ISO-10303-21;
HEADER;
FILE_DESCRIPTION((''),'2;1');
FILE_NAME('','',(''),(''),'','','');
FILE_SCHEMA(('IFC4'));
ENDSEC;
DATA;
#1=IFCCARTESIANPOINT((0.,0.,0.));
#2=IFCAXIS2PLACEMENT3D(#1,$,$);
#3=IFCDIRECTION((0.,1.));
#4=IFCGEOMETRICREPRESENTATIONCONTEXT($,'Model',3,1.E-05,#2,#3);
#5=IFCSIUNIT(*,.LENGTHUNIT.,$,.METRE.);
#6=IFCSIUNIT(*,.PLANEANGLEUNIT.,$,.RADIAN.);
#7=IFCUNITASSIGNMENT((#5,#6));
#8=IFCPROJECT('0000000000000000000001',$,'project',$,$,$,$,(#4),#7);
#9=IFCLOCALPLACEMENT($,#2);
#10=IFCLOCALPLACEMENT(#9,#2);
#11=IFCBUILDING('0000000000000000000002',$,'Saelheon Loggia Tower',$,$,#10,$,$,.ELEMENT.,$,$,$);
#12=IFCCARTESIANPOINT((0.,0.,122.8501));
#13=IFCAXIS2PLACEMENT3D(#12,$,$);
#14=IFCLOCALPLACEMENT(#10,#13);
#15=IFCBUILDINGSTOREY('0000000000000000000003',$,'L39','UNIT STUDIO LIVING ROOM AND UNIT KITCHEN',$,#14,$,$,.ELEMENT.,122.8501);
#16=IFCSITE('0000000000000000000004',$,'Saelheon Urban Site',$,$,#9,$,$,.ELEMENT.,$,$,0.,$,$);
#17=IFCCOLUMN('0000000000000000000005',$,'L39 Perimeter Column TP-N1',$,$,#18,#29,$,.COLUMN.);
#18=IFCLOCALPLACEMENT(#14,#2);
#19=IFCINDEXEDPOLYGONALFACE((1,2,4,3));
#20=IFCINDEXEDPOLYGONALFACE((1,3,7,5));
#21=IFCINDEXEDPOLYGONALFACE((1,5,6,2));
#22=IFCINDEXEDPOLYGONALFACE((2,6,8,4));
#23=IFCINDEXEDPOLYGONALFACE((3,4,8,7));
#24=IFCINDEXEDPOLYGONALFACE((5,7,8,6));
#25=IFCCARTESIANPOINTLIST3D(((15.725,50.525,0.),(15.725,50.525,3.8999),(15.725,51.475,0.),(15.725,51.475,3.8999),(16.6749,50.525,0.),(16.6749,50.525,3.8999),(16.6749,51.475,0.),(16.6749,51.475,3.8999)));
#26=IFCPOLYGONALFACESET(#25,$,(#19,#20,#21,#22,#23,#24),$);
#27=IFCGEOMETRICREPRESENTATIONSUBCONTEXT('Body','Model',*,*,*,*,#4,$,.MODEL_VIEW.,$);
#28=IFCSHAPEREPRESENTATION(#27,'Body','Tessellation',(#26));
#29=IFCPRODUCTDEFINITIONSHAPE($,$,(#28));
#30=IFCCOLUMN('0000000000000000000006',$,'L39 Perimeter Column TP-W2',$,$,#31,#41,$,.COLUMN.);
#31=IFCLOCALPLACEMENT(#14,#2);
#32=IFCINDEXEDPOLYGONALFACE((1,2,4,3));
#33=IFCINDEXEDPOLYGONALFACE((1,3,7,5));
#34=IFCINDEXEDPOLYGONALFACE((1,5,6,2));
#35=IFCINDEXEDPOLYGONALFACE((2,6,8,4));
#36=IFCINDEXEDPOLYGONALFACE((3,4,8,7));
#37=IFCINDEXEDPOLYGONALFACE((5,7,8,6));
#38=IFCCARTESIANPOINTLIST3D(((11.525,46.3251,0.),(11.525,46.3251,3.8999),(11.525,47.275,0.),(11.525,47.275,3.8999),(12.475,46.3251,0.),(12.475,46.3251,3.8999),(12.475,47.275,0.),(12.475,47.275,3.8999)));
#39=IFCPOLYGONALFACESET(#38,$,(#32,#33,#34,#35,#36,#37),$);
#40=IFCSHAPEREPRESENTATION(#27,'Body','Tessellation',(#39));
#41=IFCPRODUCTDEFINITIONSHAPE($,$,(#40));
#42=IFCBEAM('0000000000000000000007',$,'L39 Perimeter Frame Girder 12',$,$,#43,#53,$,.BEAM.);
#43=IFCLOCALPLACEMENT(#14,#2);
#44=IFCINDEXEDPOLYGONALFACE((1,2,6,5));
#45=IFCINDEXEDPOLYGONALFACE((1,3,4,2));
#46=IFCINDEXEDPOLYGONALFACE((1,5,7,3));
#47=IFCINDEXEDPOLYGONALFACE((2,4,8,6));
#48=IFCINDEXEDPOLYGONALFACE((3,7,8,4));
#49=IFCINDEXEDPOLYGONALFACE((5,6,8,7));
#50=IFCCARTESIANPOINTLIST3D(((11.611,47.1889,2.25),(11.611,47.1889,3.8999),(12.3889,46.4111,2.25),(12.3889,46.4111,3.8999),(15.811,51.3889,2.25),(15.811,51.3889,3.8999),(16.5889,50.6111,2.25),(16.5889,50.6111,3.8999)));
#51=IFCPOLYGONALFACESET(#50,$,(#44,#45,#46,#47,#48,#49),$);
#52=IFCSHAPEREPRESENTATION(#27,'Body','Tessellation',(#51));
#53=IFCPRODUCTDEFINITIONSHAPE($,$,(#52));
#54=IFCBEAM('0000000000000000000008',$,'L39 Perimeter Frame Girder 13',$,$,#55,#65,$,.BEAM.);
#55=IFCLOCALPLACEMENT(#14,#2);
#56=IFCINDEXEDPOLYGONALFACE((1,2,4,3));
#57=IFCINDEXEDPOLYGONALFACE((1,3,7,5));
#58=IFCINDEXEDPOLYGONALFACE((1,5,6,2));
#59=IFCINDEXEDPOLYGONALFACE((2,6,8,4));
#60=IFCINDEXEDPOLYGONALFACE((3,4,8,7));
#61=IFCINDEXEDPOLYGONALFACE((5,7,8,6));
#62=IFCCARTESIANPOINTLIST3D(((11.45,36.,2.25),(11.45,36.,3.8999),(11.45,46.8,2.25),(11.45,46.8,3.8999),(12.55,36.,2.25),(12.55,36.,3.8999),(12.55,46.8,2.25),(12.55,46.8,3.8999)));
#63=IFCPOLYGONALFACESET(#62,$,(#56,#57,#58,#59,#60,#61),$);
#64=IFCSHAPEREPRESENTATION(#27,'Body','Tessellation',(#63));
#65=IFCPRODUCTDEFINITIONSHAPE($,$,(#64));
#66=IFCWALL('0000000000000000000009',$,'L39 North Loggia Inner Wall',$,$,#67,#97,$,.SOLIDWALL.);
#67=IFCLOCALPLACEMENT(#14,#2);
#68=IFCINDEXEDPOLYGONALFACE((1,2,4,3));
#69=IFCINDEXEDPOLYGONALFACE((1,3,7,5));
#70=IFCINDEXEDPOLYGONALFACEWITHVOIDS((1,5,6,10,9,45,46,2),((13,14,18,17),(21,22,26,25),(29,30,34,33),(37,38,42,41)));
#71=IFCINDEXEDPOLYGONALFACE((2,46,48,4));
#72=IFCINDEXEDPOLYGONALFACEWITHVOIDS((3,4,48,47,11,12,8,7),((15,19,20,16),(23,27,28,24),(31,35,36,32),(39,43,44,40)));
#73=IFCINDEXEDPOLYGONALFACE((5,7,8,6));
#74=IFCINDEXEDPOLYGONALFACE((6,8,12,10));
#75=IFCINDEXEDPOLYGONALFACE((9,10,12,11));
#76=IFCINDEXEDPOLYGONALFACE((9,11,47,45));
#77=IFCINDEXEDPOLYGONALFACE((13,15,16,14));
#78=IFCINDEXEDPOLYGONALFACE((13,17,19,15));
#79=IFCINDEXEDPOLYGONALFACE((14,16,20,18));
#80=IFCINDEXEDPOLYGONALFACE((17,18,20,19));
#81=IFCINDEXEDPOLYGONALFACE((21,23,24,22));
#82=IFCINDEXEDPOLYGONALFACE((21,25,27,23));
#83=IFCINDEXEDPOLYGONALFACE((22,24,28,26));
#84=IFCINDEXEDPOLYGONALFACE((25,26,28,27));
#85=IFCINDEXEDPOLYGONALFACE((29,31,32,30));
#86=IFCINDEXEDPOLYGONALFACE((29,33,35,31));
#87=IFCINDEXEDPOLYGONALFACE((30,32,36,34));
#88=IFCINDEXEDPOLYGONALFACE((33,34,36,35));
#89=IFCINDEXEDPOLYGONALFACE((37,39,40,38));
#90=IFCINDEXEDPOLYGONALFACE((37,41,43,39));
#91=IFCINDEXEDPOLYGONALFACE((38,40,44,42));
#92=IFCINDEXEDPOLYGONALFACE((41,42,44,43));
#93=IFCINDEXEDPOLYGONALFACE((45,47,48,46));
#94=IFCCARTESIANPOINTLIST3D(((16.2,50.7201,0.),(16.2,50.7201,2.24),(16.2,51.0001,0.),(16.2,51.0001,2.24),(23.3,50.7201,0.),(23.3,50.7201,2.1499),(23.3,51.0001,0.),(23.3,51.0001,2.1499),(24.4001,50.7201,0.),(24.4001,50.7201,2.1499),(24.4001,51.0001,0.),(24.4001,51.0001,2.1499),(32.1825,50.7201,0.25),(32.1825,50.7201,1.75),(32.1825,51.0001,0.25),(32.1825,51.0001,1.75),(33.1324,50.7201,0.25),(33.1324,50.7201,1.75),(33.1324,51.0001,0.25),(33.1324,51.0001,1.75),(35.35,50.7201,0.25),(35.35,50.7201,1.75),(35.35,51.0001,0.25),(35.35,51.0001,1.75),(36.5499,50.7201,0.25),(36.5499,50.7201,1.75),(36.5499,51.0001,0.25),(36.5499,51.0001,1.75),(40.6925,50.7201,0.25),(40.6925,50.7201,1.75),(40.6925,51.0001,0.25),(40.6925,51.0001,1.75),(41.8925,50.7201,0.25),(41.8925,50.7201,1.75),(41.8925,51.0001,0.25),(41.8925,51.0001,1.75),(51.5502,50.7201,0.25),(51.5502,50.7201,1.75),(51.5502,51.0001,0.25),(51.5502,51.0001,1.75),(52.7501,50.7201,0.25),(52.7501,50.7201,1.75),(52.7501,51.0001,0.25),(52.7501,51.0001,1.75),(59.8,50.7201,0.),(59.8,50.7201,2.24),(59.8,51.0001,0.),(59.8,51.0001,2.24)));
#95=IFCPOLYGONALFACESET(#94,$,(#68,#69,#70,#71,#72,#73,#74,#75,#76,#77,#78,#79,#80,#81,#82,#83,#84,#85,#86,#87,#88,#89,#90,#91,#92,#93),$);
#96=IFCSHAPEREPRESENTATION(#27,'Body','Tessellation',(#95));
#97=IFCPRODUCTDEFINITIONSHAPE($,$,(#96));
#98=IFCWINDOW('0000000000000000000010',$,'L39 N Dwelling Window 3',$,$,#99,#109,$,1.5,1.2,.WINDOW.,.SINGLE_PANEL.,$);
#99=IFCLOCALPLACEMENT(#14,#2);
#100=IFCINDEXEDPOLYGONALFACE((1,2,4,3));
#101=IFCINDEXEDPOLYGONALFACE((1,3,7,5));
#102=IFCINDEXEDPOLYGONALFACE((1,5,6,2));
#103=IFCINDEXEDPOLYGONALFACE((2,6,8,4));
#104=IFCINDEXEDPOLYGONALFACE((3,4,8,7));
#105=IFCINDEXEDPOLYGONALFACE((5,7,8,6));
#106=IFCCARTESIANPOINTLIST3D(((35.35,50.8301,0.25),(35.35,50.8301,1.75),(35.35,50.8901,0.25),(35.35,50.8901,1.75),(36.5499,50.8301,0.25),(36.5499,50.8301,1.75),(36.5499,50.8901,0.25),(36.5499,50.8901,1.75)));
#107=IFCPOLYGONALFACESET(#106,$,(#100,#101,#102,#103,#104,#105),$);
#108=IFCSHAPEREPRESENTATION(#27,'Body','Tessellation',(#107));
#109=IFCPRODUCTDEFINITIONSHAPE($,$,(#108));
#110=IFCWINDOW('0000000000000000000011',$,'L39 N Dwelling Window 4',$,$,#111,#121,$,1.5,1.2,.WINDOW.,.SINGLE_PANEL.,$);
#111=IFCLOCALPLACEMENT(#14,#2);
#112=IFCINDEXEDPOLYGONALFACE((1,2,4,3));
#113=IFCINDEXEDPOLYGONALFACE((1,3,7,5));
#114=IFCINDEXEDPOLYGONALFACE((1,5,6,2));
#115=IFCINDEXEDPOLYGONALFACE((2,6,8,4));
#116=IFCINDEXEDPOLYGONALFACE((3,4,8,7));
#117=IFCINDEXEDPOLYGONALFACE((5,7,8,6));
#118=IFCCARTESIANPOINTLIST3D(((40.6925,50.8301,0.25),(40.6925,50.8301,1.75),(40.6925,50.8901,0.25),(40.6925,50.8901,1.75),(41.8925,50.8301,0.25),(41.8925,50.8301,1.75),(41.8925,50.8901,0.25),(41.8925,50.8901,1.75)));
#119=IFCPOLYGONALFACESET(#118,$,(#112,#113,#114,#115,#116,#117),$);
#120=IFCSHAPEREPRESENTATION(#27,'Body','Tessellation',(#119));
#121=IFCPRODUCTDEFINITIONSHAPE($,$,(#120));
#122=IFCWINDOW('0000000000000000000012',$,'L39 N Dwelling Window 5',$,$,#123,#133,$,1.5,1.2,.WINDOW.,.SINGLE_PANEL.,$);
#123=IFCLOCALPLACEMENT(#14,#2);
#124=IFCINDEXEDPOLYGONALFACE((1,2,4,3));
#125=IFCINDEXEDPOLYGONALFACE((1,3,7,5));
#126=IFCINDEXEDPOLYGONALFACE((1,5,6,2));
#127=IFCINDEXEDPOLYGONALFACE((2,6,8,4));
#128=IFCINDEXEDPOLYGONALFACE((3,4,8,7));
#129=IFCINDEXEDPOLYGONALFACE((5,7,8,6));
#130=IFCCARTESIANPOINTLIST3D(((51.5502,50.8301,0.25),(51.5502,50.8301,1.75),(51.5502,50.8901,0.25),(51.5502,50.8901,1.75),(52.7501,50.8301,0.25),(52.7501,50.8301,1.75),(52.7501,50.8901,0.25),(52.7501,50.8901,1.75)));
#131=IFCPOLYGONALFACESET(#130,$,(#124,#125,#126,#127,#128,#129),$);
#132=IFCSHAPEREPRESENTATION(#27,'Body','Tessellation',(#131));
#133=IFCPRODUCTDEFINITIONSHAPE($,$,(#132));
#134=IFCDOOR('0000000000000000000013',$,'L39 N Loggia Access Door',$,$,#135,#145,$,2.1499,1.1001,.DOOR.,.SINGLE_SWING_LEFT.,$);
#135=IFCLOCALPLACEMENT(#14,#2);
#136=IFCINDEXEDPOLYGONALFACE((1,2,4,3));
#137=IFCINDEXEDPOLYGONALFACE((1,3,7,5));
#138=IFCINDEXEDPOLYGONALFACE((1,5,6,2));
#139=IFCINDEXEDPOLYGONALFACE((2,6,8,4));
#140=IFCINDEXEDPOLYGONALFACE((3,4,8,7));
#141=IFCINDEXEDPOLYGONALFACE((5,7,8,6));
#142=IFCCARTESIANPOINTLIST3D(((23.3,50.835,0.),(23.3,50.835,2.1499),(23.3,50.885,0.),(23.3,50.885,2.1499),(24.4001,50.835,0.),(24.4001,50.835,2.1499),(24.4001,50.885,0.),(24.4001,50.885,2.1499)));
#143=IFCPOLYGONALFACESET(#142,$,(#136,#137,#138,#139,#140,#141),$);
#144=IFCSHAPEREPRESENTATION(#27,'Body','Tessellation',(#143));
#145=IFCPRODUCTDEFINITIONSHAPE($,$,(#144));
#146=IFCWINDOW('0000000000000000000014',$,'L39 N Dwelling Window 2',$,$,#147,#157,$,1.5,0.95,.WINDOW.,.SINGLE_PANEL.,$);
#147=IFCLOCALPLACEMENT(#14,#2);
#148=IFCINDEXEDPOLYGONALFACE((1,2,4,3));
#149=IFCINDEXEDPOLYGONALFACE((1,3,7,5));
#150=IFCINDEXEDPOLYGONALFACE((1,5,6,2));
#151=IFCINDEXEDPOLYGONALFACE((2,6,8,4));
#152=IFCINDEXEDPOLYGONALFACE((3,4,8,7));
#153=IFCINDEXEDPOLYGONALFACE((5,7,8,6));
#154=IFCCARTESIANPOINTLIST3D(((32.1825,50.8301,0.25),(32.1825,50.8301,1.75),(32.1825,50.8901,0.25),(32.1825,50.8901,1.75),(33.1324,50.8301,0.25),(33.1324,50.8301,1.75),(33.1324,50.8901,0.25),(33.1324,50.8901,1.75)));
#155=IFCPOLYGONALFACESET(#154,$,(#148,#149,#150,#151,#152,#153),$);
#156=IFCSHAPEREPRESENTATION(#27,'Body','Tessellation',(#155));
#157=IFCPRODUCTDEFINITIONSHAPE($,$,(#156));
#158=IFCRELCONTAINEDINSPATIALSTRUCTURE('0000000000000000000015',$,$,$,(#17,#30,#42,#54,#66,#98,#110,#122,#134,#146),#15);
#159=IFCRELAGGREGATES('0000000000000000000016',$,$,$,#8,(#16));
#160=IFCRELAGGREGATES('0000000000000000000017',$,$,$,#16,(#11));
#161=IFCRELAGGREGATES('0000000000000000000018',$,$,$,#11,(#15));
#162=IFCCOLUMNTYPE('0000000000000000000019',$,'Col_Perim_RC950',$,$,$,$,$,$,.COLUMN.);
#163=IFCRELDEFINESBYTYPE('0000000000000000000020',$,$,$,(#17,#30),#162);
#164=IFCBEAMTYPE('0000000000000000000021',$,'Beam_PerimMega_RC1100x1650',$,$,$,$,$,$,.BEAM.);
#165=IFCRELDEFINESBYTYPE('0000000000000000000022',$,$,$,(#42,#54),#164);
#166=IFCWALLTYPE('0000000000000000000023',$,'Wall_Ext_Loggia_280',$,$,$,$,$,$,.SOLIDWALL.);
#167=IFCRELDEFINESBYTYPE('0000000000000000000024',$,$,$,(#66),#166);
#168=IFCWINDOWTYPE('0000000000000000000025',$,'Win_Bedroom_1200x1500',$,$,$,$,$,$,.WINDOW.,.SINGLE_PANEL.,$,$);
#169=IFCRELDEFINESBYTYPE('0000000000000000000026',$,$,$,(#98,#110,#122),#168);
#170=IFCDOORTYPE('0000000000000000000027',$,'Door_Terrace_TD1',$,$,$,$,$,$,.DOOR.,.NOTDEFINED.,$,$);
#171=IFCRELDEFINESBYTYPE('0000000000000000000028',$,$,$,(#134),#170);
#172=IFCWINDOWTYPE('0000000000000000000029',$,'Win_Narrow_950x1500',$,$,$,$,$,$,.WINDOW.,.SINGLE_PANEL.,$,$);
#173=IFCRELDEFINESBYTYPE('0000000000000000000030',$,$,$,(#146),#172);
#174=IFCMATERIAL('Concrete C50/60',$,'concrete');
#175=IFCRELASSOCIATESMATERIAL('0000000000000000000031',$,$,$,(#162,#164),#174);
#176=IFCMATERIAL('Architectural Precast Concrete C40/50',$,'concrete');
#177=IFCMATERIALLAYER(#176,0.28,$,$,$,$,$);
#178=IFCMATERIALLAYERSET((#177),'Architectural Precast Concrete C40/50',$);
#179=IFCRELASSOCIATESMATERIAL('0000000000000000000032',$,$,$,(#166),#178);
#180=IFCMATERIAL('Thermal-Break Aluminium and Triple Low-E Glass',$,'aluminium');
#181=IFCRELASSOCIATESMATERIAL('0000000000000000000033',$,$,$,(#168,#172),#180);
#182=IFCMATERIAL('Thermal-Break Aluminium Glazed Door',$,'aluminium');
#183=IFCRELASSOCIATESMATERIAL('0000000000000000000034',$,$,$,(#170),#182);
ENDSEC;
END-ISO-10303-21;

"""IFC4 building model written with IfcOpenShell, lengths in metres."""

from ifc_helpers import new_model, si_unit, direction, frame, frame_2d, origin, origin_2d, place, context, subcontext, project, spatial, rectangle, extrude, source, transform, mapped, material, layer, layer_set, material_profile, profile_set, type_object, element, fill, save


model = new_model("IFC4")

# Units and contexts
model_context = context("Model", 3, precision=1e-05, world=origin(), true_north=direction((0.0, 1.0)))
body_context = subcontext(model_context, "Body", "Model", "MODEL_VIEW")
ifc_project = project(units=[si_unit("LENGTHUNIT", "METRE"), si_unit("PLANEANGLEUNIT", "RADIAN")], contexts=[model_context])

# Site, building, storey
site_placement = place(None, origin())
site = spatial("IfcSite", under=ifc_project, at=site_placement, Name="Saelheon Urban Site", CompositionType="ELEMENT", RefElevation=0.0)
building_placement = place(site_placement, origin())
building = spatial("IfcBuilding", under=site, at=building_placement, Name="Saelheon Loggia Tower", CompositionType="ELEMENT")
storey_placement = place(building_placement, frame((0.0, 0.0, 122.8501)))
storey = spatial("IfcBuildingStorey", under=building, at=storey_placement, Name="L39", Description="UNIT STUDIO LIVING ROOM AND UNIT KITCHEN", CompositionType="ELEMENT", Elevation=122.8501)

# Columns
ifc_material_1 = material(Name="Concrete C50/60", Category="concrete")
ifc_material_profile_1 = material_profile(ifc_material_1, rectangle(XDim=0.95, YDim=0.95, at=origin_2d()), Name="RC-950x950")
ifc_profile_set_1 = profile_set([ifc_material_profile_1], Name="Concrete C50/60")
column_type = type_object("IfcColumnType", Name="Col_Perim_RC950", PredefinedType="COLUMN", material=ifc_profile_set_1)
shared_shape_1 = source(origin(), body_context, "Body", "SweptSolid", [
    extrude(rectangle(XDim=0.95, YDim=0.95, at=origin_2d()), origin(), (0.0, 0.0, 1.0), 3.8999),
])
for number, where, z_axis, x_axis, name in (
    (1, (16.2, 51.0, 0.0), (0.0, 0.0, 1.0), (1.0, 0.0, 0.0), "L39 Perimeter Column TP-N1"),
    (2, (12.0, 46.8, 0.0), (0.0, 0.0, 1.0), (1.0, 0.0, 0.0), "L39 Perimeter Column TP-W2"),
):
    element("IfcColumn", number, at=place(storey_placement, frame(where, z_axis=z_axis, x_axis=x_axis)), inside=storey, type_object=column_type, Name=name, PredefinedType="COLUMN", context=body_context, shape_type="MappedRepresentation", body=[
        mapped(shared_shape_1, transform((0.0, 0.0, 0.0), scale=1.0)),
    ])

# Beams
ifc_material_profile_2 = material_profile(ifc_material_1, rectangle(XDim=1.1001, YDim=1.6499, at=origin_2d()), Name="RC-1100x1650")
ifc_profile_set_2 = profile_set([ifc_material_profile_2], Name="Concrete C50/60")
beam_type = type_object("IfcBeamType", Name="Beam_PerimMega_RC1100x1650", PredefinedType="BEAM", material=ifc_profile_set_2)
shared_shape_2 = source(origin(), body_context, "Body", "SweptSolid", [
    extrude(rectangle(XDim=1.1001, YDim=1.6499, at=origin_2d()), origin(), (0.0, 0.0, 1.0), 5.9397),
])
beam_1_placement = place(storey_placement, frame((16.2, 51.0, 3.075), z_axis=(-0.707107, -0.707107, 0.0), x_axis=(0.707107, -0.707107, 0.0)))
element("IfcBeam", 3, at=beam_1_placement, inside=storey, type_object=beam_type, Name="L39 Perimeter Frame Girder 12", PredefinedType="BEAM", context=body_context, shape_type="MappedRepresentation", body=[
    mapped(shared_shape_2, transform((0.0, 0.0, 0.0), scale=1.0)),
])
shared_shape_3 = source(origin(), body_context, "Body", "SweptSolid", [
    extrude(rectangle(XDim=1.1001, YDim=1.6499, at=origin_2d()), origin(), (0.0, 0.0, 1.0), 10.8),
])
beam_2_placement = place(storey_placement, frame((12.0, 46.8, 3.075), z_axis=(0.0, -1.0, 0.0), x_axis=(1.0, 0.0, 0.0)))
element("IfcBeam", 4, at=beam_2_placement, inside=storey, type_object=beam_type, Name="L39 Perimeter Frame Girder 13", PredefinedType="BEAM", context=body_context, shape_type="MappedRepresentation", body=[
    mapped(shared_shape_3, transform((0.0, 0.0, 0.0), scale=1.0)),
])

# Wall, openings, windows, door
ifc_material_2 = material(Name="Architectural Precast Concrete C40/50", Category="concrete")
ifc_layer_1 = layer(ifc_material_2, 0.28)
ifc_layer_set_1 = layer_set([ifc_layer_1], Name="Architectural Precast Concrete C40/50")
wall_type_1 = type_object("IfcWallType", Name="Wall_Ext_Loggia_280", PredefinedType="SOLIDWALL", material=ifc_layer_set_1)
wall_1_placement = place(storey_placement, frame((16.2, 50.8601, 0.0), z_axis=(0.0, 0.0, 1.0), x_axis=(1.0, 0.0, 0.0)))
wall_1 = element("IfcWall", 5, at=wall_1_placement, inside=storey, type_object=wall_type_1, Name="L39 North Loggia Inner Wall", PredefinedType="SOLIDWALL", context=body_context, shape_type="SweptSolid", body=[
    extrude(rectangle(XDim=43.6001, YDim=0.28, at=frame_2d((21.8, 0.0))), origin(), (0.0, 0.0, 1.0), 2.24),
])
opening_1_placement = place(wall_1_placement, frame((7.1001, 0.0, 0.0)))
opening_1 = element("IfcOpeningElement", 6, at=opening_1_placement, cuts=wall_1, PredefinedType="OPENING", context=body_context, shape_type="SweptSolid", body=[
    extrude(rectangle(XDim=1.1001, YDim=2.1499, at=frame_2d((0.55, 1.075))), frame((0.0, 0.1521, 0.0), z_axis=(0.0, -1.0, 0.0), x_axis=(1.0, 0.0, 0.0)), (0.0, 0.0, 1.0), 0.304),
])
opening_2_placement = place(wall_1_placement, frame((15.9824, 0.0, 0.25)))
opening_2 = element("IfcOpeningElement", 7, at=opening_2_placement, cuts=wall_1, PredefinedType="OPENING", context=body_context, shape_type="SweptSolid", body=[
    extrude(rectangle(XDim=0.95, YDim=1.5, at=frame_2d((0.4751, 0.75))), frame((0.0, 0.1521, 0.0), z_axis=(0.0, -1.0, 0.0), x_axis=(1.0, 0.0, 0.0)), (0.0, 0.0, 1.0), 0.304),
])
opening_3_placement = place(wall_1_placement, frame((19.1499, 0.0, 0.25)))
opening_3 = element("IfcOpeningElement", 8, at=opening_3_placement, cuts=wall_1, PredefinedType="OPENING", context=body_context, shape_type="SweptSolid", body=[
    extrude(rectangle(XDim=1.2, YDim=1.5, at=frame_2d((0.6001, 0.75))), frame((0.0, 0.1521, 0.0), z_axis=(0.0, -1.0, 0.0), x_axis=(1.0, 0.0, 0.0)), (0.0, 0.0, 1.0), 0.304),
])
opening_4_placement = place(wall_1_placement, frame((24.4924, 0.0, 0.25)))
opening_4 = element("IfcOpeningElement", 9, at=opening_4_placement, cuts=wall_1, PredefinedType="OPENING", context=body_context, shape_type="SweptSolid", body=[
    extrude(rectangle(XDim=1.2, YDim=1.5, at=frame_2d((0.6001, 0.75))), frame((0.0, 0.1521, 0.0), z_axis=(0.0, -1.0, 0.0), x_axis=(1.0, 0.0, 0.0)), (0.0, 0.0, 1.0), 0.304),
])
opening_5_placement = place(wall_1_placement, frame((35.3501, 0.0, 0.25)))
opening_5 = element("IfcOpeningElement", 10, at=opening_5_placement, cuts=wall_1, PredefinedType="OPENING", context=body_context, shape_type="SweptSolid", body=[
    extrude(rectangle(XDim=1.2, YDim=1.5, at=frame_2d((0.6001, 0.75))), frame((0.0, 0.1521, 0.0), z_axis=(0.0, -1.0, 0.0), x_axis=(1.0, 0.0, 0.0)), (0.0, 0.0, 1.0), 0.304),
])
ifc_material_3 = material(Name="Thermal-Break Aluminium and Triple Low-E Glass", Category="aluminium")
window_type_1 = type_object("IfcWindowType", Name="Win_Bedroom_1200x1500", PartitioningType="SINGLE_PANEL", PredefinedType="WINDOW", material=ifc_material_3)
shared_shape_4 = source(origin(), body_context, "Body", "SweptSolid", [
    extrude(rectangle(XDim=1.2, YDim=1.5, at=frame_2d((0.6001, 0.75))), frame((0.0, 0.03, 0.0), z_axis=(0.0, -1.0, 0.0), x_axis=(1.0, 0.0, 0.0)), (0.0, 0.0, 1.0), 0.0601),
])
window_1_placement = place(opening_3_placement, origin())
window_1 = element("IfcWindow", 11, at=window_1_placement, inside=storey, type_object=window_type_1, Name="L39 N Dwelling Window 3", OverallHeight=1.5, OverallWidth=1.2, PartitioningType="SINGLE_PANEL", PredefinedType="WINDOW", context=body_context, shape_type="MappedRepresentation", body=[
    mapped(shared_shape_4, transform((0.0, 0.0, 0.0), scale=1.0)),
])
fill(opening_3, window_1)
window_2_placement = place(opening_4_placement, origin())
window_2 = element("IfcWindow", 12, at=window_2_placement, inside=storey, type_object=window_type_1, Name="L39 N Dwelling Window 4", OverallHeight=1.5, OverallWidth=1.2, PartitioningType="SINGLE_PANEL", PredefinedType="WINDOW", context=body_context, shape_type="MappedRepresentation", body=[
    mapped(shared_shape_4, transform((0.0, 0.0, 0.0), scale=1.0)),
])
fill(opening_4, window_2)
window_3_placement = place(opening_5_placement, origin())
window_3 = element("IfcWindow", 13, at=window_3_placement, inside=storey, type_object=window_type_1, Name="L39 N Dwelling Window 5", OverallHeight=1.5, OverallWidth=1.2, PartitioningType="SINGLE_PANEL", PredefinedType="WINDOW", context=body_context, shape_type="MappedRepresentation", body=[
    mapped(shared_shape_4, transform((0.0, 0.0, 0.0), scale=1.0)),
])
fill(opening_5, window_3)
ifc_material_4 = material(Name="Thermal-Break Aluminium Glazed Door", Category="aluminium")
door_type_1 = type_object("IfcDoorType", Name="Door_Terrace_TD1", OperationType="NOTDEFINED", PredefinedType="DOOR", material=ifc_material_4)
shared_shape_5 = source(origin(), body_context, "Body", "SweptSolid", [
    extrude(rectangle(XDim=1.1001, YDim=2.1499, at=frame_2d((0.55, 1.075))), frame((0.0, 0.0249, 0.0), z_axis=(0.0, -1.0, 0.0), x_axis=(1.0, 0.0, 0.0)), (0.0, 0.0, 1.0), 0.05),
])
door_1_placement = place(opening_1_placement, origin())
door_1 = element("IfcDoor", 14, at=door_1_placement, inside=storey, type_object=door_type_1, Name="L39 N Loggia Access Door", OperationType="SINGLE_SWING_LEFT", OverallHeight=2.1499, OverallWidth=1.1001, PredefinedType="DOOR", context=body_context, shape_type="MappedRepresentation", body=[
    mapped(shared_shape_5, transform((0.0, 0.0, 0.0), scale=1.0)),
])
fill(opening_1, door_1)
window_type_2 = type_object("IfcWindowType", Name="Win_Narrow_950x1500", PartitioningType="SINGLE_PANEL", PredefinedType="WINDOW", material=ifc_material_3)
shared_shape_6 = source(origin(), body_context, "Body", "SweptSolid", [
    extrude(rectangle(XDim=0.95, YDim=1.5, at=frame_2d((0.4751, 0.75))), frame((0.0, 0.03, 0.0), z_axis=(0.0, -1.0, 0.0), x_axis=(1.0, 0.0, 0.0)), (0.0, 0.0, 1.0), 0.0601),
])
window_4_placement = place(opening_2_placement, origin())
window_4 = element("IfcWindow", 15, at=window_4_placement, inside=storey, type_object=window_type_2, Name="L39 N Dwelling Window 2", OverallHeight=1.5, OverallWidth=0.95, PartitioningType="SINGLE_PANEL", PredefinedType="WINDOW", context=body_context, shape_type="MappedRepresentation", body=[
    mapped(shared_shape_6, transform((0.0, 0.0, 0.0), scale=1.0)),
])
fill(opening_2, window_4)

save(model, "model.ifc")
